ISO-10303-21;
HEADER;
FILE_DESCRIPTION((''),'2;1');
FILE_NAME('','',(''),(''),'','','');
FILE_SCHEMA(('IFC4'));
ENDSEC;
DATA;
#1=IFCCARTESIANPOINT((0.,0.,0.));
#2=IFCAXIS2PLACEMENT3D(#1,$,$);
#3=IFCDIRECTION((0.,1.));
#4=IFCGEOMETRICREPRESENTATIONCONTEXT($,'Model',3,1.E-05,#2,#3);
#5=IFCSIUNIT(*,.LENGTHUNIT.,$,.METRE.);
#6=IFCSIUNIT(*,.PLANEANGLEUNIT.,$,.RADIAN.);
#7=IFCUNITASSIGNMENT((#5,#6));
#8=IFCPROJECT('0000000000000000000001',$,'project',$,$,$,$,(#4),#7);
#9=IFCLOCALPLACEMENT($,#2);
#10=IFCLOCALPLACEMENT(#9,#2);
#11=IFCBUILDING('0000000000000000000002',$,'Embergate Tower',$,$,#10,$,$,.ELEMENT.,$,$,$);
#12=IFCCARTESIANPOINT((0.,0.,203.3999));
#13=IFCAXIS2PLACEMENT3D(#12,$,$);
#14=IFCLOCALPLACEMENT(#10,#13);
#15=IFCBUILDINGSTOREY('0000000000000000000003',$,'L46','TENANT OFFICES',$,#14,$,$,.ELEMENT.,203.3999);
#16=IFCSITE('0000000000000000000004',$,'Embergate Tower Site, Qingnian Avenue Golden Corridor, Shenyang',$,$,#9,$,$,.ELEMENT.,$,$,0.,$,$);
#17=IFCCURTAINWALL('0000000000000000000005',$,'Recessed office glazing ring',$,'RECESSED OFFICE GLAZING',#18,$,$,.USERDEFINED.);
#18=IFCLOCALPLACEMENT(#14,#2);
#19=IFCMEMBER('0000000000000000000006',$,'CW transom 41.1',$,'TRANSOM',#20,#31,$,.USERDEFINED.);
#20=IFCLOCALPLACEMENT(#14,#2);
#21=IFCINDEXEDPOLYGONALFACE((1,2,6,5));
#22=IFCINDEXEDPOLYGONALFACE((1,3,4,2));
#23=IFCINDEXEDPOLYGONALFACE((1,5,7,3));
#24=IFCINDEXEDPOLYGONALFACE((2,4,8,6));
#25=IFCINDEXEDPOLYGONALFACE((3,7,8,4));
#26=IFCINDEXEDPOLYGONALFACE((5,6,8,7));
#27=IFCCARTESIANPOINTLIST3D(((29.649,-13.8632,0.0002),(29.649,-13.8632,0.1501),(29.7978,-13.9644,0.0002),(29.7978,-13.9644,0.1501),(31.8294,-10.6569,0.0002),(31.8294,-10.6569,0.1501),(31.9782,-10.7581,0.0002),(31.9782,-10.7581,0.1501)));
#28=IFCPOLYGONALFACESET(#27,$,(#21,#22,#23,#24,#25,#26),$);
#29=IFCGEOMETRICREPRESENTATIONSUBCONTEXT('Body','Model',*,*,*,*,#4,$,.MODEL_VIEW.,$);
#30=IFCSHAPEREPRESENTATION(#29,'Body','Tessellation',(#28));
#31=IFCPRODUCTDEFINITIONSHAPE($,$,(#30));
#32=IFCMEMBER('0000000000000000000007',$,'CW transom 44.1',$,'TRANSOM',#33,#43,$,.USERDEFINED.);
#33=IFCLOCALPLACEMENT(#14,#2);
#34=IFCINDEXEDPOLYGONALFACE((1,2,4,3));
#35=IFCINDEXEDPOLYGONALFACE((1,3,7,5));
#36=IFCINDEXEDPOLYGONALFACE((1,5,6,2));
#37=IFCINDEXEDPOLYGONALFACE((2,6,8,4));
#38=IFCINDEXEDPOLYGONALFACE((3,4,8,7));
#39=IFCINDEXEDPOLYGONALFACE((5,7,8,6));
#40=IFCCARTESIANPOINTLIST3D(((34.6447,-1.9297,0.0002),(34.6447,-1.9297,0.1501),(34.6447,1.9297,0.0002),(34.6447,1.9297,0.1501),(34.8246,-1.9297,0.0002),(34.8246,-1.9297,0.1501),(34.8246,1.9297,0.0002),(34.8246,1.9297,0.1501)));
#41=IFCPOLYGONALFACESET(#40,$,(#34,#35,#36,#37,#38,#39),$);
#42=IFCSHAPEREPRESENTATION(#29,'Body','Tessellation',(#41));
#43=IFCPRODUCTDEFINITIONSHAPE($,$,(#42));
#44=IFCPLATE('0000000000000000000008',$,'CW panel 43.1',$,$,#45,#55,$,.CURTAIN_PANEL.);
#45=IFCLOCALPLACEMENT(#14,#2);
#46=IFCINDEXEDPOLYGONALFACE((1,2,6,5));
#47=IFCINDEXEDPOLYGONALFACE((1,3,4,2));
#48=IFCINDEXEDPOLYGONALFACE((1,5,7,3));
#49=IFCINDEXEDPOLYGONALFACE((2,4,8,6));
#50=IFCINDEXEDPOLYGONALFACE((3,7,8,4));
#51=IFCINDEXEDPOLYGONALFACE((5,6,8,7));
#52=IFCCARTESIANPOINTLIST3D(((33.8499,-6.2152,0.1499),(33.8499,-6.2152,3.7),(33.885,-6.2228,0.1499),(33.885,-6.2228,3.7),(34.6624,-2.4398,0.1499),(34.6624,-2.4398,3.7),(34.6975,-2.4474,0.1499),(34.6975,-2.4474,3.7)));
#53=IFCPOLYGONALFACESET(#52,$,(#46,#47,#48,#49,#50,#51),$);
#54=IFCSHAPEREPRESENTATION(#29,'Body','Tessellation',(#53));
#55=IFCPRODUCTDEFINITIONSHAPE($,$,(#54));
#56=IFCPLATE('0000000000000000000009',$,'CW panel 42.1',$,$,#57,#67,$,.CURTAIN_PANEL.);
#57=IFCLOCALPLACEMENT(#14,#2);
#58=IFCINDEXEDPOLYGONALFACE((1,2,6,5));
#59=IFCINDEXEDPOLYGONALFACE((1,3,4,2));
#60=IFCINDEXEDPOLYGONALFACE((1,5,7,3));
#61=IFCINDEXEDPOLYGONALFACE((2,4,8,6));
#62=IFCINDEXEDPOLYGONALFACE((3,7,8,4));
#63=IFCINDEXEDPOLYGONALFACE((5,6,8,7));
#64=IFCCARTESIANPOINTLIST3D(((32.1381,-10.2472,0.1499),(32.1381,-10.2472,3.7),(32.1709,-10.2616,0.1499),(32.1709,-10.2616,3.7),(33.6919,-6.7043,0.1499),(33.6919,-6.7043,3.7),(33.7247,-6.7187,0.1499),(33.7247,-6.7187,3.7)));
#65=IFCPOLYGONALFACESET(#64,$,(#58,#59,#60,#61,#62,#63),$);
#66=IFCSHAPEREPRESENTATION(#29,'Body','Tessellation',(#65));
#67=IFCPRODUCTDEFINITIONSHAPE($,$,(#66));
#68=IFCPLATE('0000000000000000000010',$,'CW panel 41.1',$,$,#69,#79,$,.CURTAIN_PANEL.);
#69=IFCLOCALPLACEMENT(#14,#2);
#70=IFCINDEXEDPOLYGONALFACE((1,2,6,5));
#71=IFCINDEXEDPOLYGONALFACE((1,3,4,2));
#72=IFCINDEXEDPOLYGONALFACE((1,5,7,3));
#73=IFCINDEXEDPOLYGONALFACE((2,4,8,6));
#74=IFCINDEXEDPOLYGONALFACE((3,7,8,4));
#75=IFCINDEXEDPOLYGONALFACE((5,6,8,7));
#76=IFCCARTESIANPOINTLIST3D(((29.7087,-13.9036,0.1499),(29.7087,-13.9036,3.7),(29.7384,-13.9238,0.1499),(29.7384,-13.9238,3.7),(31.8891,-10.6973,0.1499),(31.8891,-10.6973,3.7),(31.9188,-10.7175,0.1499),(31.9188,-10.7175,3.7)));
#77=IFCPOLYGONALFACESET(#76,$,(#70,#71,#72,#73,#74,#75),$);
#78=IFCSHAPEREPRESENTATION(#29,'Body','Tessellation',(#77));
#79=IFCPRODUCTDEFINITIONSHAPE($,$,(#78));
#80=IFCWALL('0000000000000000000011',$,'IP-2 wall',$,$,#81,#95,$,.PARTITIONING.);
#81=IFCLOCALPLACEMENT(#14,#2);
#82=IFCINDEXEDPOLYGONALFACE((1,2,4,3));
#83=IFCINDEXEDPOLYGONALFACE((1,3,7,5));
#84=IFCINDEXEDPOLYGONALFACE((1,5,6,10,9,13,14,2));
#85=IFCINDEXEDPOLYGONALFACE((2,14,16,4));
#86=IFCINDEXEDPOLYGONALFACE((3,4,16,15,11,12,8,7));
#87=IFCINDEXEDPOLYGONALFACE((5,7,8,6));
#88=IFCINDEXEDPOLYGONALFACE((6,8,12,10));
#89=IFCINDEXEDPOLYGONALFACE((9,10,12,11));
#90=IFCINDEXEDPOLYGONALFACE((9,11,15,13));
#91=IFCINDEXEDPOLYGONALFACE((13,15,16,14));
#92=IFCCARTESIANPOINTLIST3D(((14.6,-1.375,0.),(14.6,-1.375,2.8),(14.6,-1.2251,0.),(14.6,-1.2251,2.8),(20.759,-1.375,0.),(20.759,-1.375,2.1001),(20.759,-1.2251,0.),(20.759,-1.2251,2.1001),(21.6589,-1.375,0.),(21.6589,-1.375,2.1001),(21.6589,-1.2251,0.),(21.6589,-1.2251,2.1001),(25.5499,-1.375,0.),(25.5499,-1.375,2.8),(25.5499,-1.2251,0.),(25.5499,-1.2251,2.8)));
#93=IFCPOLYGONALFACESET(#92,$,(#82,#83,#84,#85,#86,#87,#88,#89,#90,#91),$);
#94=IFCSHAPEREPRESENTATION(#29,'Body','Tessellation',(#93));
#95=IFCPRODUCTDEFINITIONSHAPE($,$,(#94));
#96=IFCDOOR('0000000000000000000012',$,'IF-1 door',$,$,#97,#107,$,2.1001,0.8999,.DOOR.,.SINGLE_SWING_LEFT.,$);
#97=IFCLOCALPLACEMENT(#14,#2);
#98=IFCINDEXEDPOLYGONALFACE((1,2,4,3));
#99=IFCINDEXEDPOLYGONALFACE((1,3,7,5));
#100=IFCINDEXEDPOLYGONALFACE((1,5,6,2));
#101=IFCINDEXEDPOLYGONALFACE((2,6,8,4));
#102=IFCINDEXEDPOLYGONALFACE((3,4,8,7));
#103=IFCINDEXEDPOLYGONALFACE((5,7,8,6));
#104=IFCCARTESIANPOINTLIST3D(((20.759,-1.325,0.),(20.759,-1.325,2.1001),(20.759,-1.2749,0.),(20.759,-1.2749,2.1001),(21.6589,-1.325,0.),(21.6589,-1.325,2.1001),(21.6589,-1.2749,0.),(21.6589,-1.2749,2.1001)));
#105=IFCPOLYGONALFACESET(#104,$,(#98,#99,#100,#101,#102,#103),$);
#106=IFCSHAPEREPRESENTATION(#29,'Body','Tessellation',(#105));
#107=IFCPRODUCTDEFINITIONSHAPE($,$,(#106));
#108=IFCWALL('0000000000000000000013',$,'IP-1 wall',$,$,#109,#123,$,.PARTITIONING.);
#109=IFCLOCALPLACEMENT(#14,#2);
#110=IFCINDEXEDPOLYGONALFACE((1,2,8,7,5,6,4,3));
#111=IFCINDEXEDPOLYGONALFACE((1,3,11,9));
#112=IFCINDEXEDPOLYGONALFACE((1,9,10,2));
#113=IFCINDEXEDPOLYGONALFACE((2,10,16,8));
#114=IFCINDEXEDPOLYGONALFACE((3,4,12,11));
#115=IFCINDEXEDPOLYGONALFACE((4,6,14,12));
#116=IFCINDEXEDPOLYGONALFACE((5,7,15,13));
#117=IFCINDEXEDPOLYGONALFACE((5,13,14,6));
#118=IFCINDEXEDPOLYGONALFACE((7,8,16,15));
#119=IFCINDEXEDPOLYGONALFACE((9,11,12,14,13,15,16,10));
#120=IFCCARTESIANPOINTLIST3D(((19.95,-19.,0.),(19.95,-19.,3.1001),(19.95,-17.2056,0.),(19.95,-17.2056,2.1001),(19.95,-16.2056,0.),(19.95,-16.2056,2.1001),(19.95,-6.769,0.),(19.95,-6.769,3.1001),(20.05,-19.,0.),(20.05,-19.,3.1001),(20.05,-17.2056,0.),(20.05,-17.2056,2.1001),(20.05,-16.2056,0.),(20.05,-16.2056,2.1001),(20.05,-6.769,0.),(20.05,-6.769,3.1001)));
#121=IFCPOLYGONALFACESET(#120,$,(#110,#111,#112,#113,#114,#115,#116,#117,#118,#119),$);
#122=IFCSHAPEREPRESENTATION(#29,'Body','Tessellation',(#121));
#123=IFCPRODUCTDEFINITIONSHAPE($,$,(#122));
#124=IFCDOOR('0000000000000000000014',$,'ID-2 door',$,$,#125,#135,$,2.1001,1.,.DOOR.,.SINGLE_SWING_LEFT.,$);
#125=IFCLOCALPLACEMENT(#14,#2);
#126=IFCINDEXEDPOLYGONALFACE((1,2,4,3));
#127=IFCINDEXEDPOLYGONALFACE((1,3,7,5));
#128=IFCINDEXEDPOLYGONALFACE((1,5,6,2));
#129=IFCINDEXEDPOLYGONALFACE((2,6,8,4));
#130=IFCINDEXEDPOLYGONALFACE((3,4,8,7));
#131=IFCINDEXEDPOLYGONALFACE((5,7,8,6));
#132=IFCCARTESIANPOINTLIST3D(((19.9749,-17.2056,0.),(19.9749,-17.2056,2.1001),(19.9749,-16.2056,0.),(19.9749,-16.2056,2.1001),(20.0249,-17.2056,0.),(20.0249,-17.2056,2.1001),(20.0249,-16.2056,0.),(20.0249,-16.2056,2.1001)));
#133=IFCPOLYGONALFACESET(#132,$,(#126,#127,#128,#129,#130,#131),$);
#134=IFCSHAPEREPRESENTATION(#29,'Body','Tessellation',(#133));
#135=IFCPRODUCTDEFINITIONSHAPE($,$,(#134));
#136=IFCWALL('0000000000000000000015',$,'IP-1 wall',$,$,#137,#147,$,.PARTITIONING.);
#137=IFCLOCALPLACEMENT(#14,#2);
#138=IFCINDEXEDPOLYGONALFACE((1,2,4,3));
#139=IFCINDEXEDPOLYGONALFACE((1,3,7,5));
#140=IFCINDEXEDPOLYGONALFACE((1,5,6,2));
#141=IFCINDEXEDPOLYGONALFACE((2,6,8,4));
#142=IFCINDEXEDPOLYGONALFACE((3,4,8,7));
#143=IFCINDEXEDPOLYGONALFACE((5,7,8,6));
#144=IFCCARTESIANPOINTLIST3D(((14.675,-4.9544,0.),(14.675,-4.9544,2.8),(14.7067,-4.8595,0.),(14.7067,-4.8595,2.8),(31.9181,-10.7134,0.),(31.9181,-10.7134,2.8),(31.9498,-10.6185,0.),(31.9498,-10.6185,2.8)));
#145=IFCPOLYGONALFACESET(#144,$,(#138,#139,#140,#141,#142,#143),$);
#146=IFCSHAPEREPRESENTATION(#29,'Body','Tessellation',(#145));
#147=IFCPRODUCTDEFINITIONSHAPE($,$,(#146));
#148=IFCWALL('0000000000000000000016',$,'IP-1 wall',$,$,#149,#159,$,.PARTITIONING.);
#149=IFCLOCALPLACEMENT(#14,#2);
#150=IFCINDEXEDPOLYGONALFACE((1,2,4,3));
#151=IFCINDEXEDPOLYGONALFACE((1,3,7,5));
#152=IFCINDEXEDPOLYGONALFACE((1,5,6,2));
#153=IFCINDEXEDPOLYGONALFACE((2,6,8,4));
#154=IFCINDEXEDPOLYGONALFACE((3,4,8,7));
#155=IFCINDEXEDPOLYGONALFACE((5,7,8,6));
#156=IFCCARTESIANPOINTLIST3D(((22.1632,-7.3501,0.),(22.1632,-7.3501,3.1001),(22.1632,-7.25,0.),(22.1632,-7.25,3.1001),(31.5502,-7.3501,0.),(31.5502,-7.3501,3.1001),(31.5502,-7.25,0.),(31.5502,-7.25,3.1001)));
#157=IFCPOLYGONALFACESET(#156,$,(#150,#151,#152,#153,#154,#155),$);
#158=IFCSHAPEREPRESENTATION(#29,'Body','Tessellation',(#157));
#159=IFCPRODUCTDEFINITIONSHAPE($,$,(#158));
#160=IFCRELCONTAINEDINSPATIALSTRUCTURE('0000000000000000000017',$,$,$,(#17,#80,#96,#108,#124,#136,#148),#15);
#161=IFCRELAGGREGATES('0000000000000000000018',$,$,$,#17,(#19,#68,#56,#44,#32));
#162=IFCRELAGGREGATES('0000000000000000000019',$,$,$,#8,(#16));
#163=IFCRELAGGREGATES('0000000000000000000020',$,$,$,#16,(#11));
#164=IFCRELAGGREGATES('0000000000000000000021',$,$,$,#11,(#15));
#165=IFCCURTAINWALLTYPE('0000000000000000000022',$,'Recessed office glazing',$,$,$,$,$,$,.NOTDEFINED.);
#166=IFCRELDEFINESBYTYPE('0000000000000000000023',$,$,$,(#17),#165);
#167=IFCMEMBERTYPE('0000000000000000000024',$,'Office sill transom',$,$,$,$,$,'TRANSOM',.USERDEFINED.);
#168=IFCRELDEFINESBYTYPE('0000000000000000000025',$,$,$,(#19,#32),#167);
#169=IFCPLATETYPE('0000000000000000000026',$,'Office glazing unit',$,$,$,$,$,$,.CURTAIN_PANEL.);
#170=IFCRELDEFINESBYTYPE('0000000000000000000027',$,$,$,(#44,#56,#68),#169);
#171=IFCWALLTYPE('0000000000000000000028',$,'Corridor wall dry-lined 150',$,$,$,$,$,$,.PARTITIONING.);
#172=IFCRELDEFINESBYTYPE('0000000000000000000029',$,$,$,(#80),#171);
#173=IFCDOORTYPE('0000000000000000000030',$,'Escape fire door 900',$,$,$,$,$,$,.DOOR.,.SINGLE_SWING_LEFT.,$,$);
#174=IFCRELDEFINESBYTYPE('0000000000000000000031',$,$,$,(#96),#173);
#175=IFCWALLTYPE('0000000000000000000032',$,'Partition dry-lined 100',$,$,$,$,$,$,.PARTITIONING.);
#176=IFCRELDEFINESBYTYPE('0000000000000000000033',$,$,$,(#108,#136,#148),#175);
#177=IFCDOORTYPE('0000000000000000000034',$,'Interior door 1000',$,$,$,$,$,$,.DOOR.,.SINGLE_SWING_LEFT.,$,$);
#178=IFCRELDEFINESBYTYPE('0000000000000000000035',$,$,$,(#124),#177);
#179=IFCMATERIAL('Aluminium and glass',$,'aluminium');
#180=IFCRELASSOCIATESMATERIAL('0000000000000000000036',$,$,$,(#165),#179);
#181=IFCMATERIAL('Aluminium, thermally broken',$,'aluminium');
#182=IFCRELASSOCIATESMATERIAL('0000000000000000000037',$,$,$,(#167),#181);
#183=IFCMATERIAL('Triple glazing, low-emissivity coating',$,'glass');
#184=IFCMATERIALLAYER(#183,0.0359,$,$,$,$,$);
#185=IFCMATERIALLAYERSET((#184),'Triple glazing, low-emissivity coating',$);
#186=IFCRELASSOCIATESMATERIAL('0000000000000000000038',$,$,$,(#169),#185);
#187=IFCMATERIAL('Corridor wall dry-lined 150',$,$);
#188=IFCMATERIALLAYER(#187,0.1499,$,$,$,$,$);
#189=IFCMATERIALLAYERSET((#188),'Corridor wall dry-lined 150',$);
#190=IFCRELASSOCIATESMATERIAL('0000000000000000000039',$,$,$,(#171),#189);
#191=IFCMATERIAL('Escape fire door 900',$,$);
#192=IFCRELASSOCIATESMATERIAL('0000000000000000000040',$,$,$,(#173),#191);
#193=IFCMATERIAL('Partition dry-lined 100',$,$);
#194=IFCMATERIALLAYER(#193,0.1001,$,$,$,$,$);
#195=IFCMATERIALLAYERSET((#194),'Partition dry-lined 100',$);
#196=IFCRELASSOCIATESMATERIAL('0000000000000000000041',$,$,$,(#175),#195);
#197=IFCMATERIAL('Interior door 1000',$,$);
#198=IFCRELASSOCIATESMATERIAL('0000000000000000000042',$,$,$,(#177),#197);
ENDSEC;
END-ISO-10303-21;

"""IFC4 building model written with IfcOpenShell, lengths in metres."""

from ifc_helpers import new_model, si_unit, direction, frame, frame_2d, origin, origin_2d, place, context, subcontext, project, spatial, rectangle, extrude, source, transform, mapped, material, layer, layer_set, material_profile, profile_set, type_object, element, fill, aggregate, save


model = new_model("IFC4")

# Units and contexts
model_context = context("Model", 3, precision=1e-05, world=origin(), true_north=direction((0.0, 1.0)))
body_context = subcontext(model_context, "Body", "Model", "MODEL_VIEW")
ifc_project = project(units=[si_unit("LENGTHUNIT", "METRE"), si_unit("PLANEANGLEUNIT", "RADIAN")], contexts=[model_context])

# Site, building, storey
site_placement = place(None, origin())
site = spatial("IfcSite", under=ifc_project, at=site_placement, Name="Embergate Tower Site, Qingnian Avenue Golden Corridor, Shenyang", CompositionType="ELEMENT", RefElevation=0.0)
building_placement = place(site_placement, origin())
building = spatial("IfcBuilding", under=site, at=building_placement, Name="Embergate Tower", CompositionType="ELEMENT")
storey_placement = place(building_placement, frame((0.0, 0.0, 203.3999)))
storey = spatial("IfcBuildingStorey", under=building, at=storey_placement, Name="L46", Description="TENANT OFFICES", CompositionType="ELEMENT", Elevation=203.3999)

# Curtain wall, members, plates
ifc_material_1 = material(Name="Aluminium and glass", Category="aluminium")
curtain_wall_type = type_object("IfcCurtainWallType", Name="Recessed office glazing", PredefinedType="NOTDEFINED", material=ifc_material_1)
curtain_wall_placement = place(storey_placement, origin())
curtain_wall = element("IfcCurtainWall", 1, at=curtain_wall_placement, inside=storey, type_object=curtain_wall_type, Name="Recessed office glazing ring", ObjectType="RECESSED OFFICE GLAZING", PredefinedType="USERDEFINED")
ifc_material_2 = material(Name="Aluminium, thermally broken", Category="aluminium")
ifc_material_profile_1 = material_profile(ifc_material_2, rectangle(XDim=0.1799, YDim=0.1499, at=origin_2d()), Name="AL 150x180")
ifc_profile_set_1 = profile_set([ifc_material_profile_1], Name="Aluminium, thermally broken")
member_type_1 = type_object("IfcMemberType", Name="Office sill transom", ElementType="TRANSOM", PredefinedType="USERDEFINED", material=ifc_profile_set_1)
shared_shape_1 = source(origin(), body_context, "Body", "SweptSolid", [
    extrude(rectangle(XDim=0.1799, YDim=0.1499, at=origin_2d()), origin(), (0.0, 0.0, 1.0), 3.8774),
])
member_1_placement = place(storey_placement, frame((29.7234, -13.9138, 0.0752), z_axis=(0.562334, 0.82691, 0.0), x_axis=(-0.82691, 0.562334, 0.0)))
member_1 = element("IfcMember", 2, at=member_1_placement, type_object=member_type_1, Name="CW transom 41.1", ObjectType="TRANSOM", PredefinedType="USERDEFINED", context=body_context, shape_type="MappedRepresentation", body=[
    mapped(shared_shape_1, transform((0.0, 0.0, 0.0))),
])
shared_shape_2 = source(origin(), body_context, "Body", "SweptSolid", [
    extrude(rectangle(XDim=0.1799, YDim=0.1499, at=origin_2d()), origin(), (0.0, 0.0, 1.0), 3.8594),
])
member_2_placement = place(storey_placement, frame((34.7346, -1.9297, 0.0752), z_axis=(0.0, 1.0, 0.0), x_axis=(-1.0, 0.0, 0.0)))
member_2 = element("IfcMember", 3, at=member_2_placement, type_object=member_type_1, Name="CW transom 44.1", ObjectType="TRANSOM", PredefinedType="USERDEFINED", context=body_context, shape_type="MappedRepresentation", body=[
    mapped(shared_shape_2, transform((0.0, 0.0, 0.0))),
])
ifc_material_3 = material(Name="Triple glazing, low-emissivity coating", Category="glass")
ifc_layer_1 = layer(ifc_material_3, 0.0359)
ifc_layer_set_1 = layer_set([ifc_layer_1], Name="Triple glazing, low-emissivity coating")
plate_type = type_object("IfcPlateType", Name="Office glazing unit", PredefinedType="CURTAIN_PANEL", material=ifc_layer_set_1)
shared_shape_3 = source(origin(), body_context, "Body", "SweptSolid", [
    extrude(rectangle(XDim=3.8618, YDim=0.0359, at=origin_2d()), origin(), (0.0, 0.0, 1.0), 3.55),
])
plate_1_placement = place(storey_placement, frame((34.2737, -4.3313, 0.1499), z_axis=(0.0, 0.0, 1.0), x_axis=(0.210393, 0.977617, 0.0)))
plate_1 = element("IfcPlate", 4, at=plate_1_placement, type_object=plate_type, Name="CW panel 43.1", PredefinedType="CURTAIN_PANEL", context=body_context, shape_type="MappedRepresentation", body=[
    mapped(shared_shape_3, transform((0.0, 0.0, 0.0))),
])
shared_shape_4 = source(origin(), body_context, "Body", "SweptSolid", [
    extrude(rectangle(XDim=3.8687, YDim=0.0359, at=origin_2d()), origin(), (0.0, 0.0, 1.0), 3.55),
])
plate_2_placement = place(storey_placement, frame((32.9314, -8.4829, 0.1499), z_axis=(0.0, 0.0, 1.0), x_axis=(0.401644, 0.915796, 0.0)))
plate_2 = element("IfcPlate", 5, at=plate_2_placement, type_object=plate_type, Name="CW panel 42.1", PredefinedType="CURTAIN_PANEL", context=body_context, shape_type="MappedRepresentation", body=[
    mapped(shared_shape_4, transform((0.0, 0.0, 0.0))),
])
shared_shape_5 = source(origin(), body_context, "Body", "SweptSolid", [
    extrude(rectangle(XDim=3.8774, YDim=0.0359, at=origin_2d()), origin(), (0.0, 0.0, 1.0), 3.55),
])
plate_3_placement = place(storey_placement, frame((30.8137, -12.3105, 0.1499), z_axis=(0.0, 0.0, 1.0), x_axis=(0.562332, 0.826912, 0.0)))
plate_3 = element("IfcPlate", 6, at=plate_3_placement, type_object=plate_type, Name="CW panel 41.1", PredefinedType="CURTAIN_PANEL", context=body_context, shape_type="MappedRepresentation", body=[
    mapped(shared_shape_5, transform((0.0, 0.0, 0.0))),
])
aggregate(curtain_wall, [member_1, plate_3, plate_2, plate_1, member_2])

# Walls, openings, doors
ifc_material_4 = material(Name="Corridor wall dry-lined 150")
ifc_layer_2 = layer(ifc_material_4, 0.1499)
ifc_layer_set_2 = layer_set([ifc_layer_2], Name="Corridor wall dry-lined 150")
wall_type_1 = type_object("IfcWallType", Name="Corridor wall dry-lined 150", PredefinedType="PARTITIONING", material=ifc_layer_set_2)
shared_shape_6 = source(origin(), body_context, "Body", "SweptSolid", [
    extrude(rectangle(XDim=10.95, YDim=0.1499, at=frame_2d((5.4751, 0.0))), origin(), (0.0, 0.0, 1.0), 2.8),
])
wall_1_placement = place(storey_placement, frame((25.55, -1.3, 0.0), z_axis=(0.0, 0.0, 1.0), x_axis=(-1.0, 0.0, 0.0)))
wall_1 = element("IfcWall", 7, at=wall_1_placement, inside=storey, type_object=wall_type_1, Name="IP-2 wall", PredefinedType="PARTITIONING", context=body_context, shape_type="MappedRepresentation", body=[
    mapped(shared_shape_6, transform((0.0, 0.0, 0.0))),
])
shared_shape_7 = source(origin(), body_context, "Body", "SweptSolid", [
    extrude(rectangle(XDim=0.8999, YDim=2.1001, at=frame_2d((0.45, 1.05))), frame((0.0, 0.085, 0.0), z_axis=(0.0, -1.0, 0.0), x_axis=(1.0, 0.0, 0.0)), (0.0, 0.0, 1.0), 0.1699),
])
opening_1_placement = place(wall_1_placement, frame((3.8911, 0.0, 0.0)))
opening_1 = element("IfcOpeningElement", 8, at=opening_1_placement, cuts=wall_1, PredefinedType="OPENING", context=body_context, shape_type="MappedRepresentation", body=[
    mapped(shared_shape_7, transform((0.0, 0.0, 0.0))),
])
ifc_material_5 = material(Name="Escape fire door 900")
door_type_1 = type_object("IfcDoorType", Name="Escape fire door 900", OperationType="SINGLE_SWING_LEFT", PredefinedType="DOOR", material=ifc_material_5)
shared_shape_8 = source(origin(), body_context, "Body", "SweptSolid", [
    extrude(rectangle(XDim=0.8999, YDim=2.1001, at=frame_2d((0.45, 1.05))), frame((0.0, 0.0249, 0.0), z_axis=(0.0, -1.0, 0.0), x_axis=(1.0, 0.0, 0.0)), (0.0, 0.0, 1.0), 0.05),
])
door_1_placement = place(opening_1_placement, origin())
door_1 = element("IfcDoor", 9, at=door_1_placement, inside=storey, type_object=door_type_1, Name="IF-1 door", OperationType="SINGLE_SWING_LEFT", OverallHeight=2.1001, OverallWidth=0.8999, PredefinedType="DOOR", context=body_context, shape_type="MappedRepresentation", body=[
    mapped(shared_shape_8, transform((0.0, 0.0, 0.0))),
])
fill(opening_1, door_1)
ifc_material_6 = material(Name="Partition dry-lined 100")
ifc_layer_3 = layer(ifc_material_6, 0.1001)
ifc_layer_set_3 = layer_set([ifc_layer_3], Name="Partition dry-lined 100")
wall_type_2 = type_object("IfcWallType", Name="Partition dry-lined 100", PredefinedType="PARTITIONING", material=ifc_layer_set_3)
shared_shape_9 = source(origin(), body_context, "Body", "SweptSolid", [
    extrude(rectangle(XDim=12.231, YDim=0.1001, at=frame_2d((6.1155, 0.0))), origin(), (0.0, 0.0, 1.0), 3.1001),
])
wall_2_placement = place(storey_placement, frame((20.0, -6.769, 0.0), z_axis=(0.0, 0.0, 1.0), x_axis=(0.0, -1.0, 0.0)))
wall_2 = element("IfcWall", 10, at=wall_2_placement, inside=storey, type_object=wall_type_2, Name="IP-1 wall", PredefinedType="PARTITIONING", context=body_context, shape_type="MappedRepresentation", body=[
    mapped(shared_shape_9, transform((0.0, 0.0, 0.0))),
])
shared_shape_10 = source(origin(), body_context, "Body", "SweptSolid", [
    extrude(rectangle(XDim=1.0, YDim=2.1001, at=frame_2d((0.5, 1.05))), frame((0.0, 0.0601, 0.0), z_axis=(0.0, -1.0, 0.0), x_axis=(1.0, 0.0, 0.0)), (0.0, 0.0, 1.0), 0.1201),
])
opening_2_placement = place(wall_2_placement, frame((9.4365, 0.0, 0.0)))
opening_2 = element("IfcOpeningElement", 11, at=opening_2_placement, cuts=wall_2, PredefinedType="OPENING", context=body_context, shape_type="MappedRepresentation", body=[
    mapped(shared_shape_10, transform((0.0, 0.0, 0.0))),
])
ifc_material_7 = material(Name="Interior door 1000")
door_type_2 = type_object("IfcDoorType", Name="Interior door 1000", OperationType="SINGLE_SWING_LEFT", PredefinedType="DOOR", material=ifc_material_7)
shared_shape_11 = source(origin(), body_context, "Body", "SweptSolid", [
    extrude(rectangle(XDim=1.0, YDim=2.1001, at=frame_2d((0.5, 1.05))), frame((0.0, 0.0249, 0.0), z_axis=(0.0, -1.0, 0.0), x_axis=(1.0, 0.0, 0.0)), (0.0, 0.0, 1.0), 0.05),
])
door_2_placement = place(opening_2_placement, origin())
door_2 = element("IfcDoor", 12, at=door_2_placement, inside=storey, type_object=door_type_2, Name="ID-2 door", OperationType="SINGLE_SWING_LEFT", OverallHeight=2.1001, OverallWidth=1.0, PredefinedType="DOOR", context=body_context, shape_type="MappedRepresentation", body=[
    mapped(shared_shape_11, transform((0.0, 0.0, 0.0))),
])
fill(opening_2, door_2)

# Walls
shared_shape_12 = source(origin(), body_context, "Body", "SweptSolid", [
    extrude(rectangle(XDim=18.1794, YDim=0.1001, at=frame_2d((9.0898, 0.0))), origin(), (0.0, 0.0, 1.0), 2.8),
])
wall_3_placement = place(storey_placement, frame((31.9341, -10.666, 0.0), z_axis=(0.0, 0.0, 1.0), x_axis=(-0.948496, 0.316788, 0.0)))
element("IfcWall", 13, at=wall_3_placement, inside=storey, type_object=wall_type_2, Name="IP-1 wall", PredefinedType="PARTITIONING", context=body_context, shape_type="MappedRepresentation", body=[
    mapped(shared_shape_12, transform((0.0, 0.0, 0.0))),
])
shared_shape_13 = source(origin(), body_context, "Body", "SweptSolid", [
    extrude(rectangle(XDim=9.387, YDim=0.1001, at=frame_2d((4.6934, 0.0))), origin(), (0.0, 0.0, 1.0), 3.1001),
])
wall_4_placement = place(storey_placement, frame((31.55, -7.3, 0.0), z_axis=(0.0, 0.0, 1.0), x_axis=(-1.0, 0.0, 0.0)))
element("IfcWall", 14, at=wall_4_placement, inside=storey, type_object=wall_type_2, Name="IP-1 wall", PredefinedType="PARTITIONING", context=body_context, shape_type="MappedRepresentation", body=[
    mapped(shared_shape_13, transform((0.0, 0.0, 0.0))),
])

save(model, "model.ifc")
